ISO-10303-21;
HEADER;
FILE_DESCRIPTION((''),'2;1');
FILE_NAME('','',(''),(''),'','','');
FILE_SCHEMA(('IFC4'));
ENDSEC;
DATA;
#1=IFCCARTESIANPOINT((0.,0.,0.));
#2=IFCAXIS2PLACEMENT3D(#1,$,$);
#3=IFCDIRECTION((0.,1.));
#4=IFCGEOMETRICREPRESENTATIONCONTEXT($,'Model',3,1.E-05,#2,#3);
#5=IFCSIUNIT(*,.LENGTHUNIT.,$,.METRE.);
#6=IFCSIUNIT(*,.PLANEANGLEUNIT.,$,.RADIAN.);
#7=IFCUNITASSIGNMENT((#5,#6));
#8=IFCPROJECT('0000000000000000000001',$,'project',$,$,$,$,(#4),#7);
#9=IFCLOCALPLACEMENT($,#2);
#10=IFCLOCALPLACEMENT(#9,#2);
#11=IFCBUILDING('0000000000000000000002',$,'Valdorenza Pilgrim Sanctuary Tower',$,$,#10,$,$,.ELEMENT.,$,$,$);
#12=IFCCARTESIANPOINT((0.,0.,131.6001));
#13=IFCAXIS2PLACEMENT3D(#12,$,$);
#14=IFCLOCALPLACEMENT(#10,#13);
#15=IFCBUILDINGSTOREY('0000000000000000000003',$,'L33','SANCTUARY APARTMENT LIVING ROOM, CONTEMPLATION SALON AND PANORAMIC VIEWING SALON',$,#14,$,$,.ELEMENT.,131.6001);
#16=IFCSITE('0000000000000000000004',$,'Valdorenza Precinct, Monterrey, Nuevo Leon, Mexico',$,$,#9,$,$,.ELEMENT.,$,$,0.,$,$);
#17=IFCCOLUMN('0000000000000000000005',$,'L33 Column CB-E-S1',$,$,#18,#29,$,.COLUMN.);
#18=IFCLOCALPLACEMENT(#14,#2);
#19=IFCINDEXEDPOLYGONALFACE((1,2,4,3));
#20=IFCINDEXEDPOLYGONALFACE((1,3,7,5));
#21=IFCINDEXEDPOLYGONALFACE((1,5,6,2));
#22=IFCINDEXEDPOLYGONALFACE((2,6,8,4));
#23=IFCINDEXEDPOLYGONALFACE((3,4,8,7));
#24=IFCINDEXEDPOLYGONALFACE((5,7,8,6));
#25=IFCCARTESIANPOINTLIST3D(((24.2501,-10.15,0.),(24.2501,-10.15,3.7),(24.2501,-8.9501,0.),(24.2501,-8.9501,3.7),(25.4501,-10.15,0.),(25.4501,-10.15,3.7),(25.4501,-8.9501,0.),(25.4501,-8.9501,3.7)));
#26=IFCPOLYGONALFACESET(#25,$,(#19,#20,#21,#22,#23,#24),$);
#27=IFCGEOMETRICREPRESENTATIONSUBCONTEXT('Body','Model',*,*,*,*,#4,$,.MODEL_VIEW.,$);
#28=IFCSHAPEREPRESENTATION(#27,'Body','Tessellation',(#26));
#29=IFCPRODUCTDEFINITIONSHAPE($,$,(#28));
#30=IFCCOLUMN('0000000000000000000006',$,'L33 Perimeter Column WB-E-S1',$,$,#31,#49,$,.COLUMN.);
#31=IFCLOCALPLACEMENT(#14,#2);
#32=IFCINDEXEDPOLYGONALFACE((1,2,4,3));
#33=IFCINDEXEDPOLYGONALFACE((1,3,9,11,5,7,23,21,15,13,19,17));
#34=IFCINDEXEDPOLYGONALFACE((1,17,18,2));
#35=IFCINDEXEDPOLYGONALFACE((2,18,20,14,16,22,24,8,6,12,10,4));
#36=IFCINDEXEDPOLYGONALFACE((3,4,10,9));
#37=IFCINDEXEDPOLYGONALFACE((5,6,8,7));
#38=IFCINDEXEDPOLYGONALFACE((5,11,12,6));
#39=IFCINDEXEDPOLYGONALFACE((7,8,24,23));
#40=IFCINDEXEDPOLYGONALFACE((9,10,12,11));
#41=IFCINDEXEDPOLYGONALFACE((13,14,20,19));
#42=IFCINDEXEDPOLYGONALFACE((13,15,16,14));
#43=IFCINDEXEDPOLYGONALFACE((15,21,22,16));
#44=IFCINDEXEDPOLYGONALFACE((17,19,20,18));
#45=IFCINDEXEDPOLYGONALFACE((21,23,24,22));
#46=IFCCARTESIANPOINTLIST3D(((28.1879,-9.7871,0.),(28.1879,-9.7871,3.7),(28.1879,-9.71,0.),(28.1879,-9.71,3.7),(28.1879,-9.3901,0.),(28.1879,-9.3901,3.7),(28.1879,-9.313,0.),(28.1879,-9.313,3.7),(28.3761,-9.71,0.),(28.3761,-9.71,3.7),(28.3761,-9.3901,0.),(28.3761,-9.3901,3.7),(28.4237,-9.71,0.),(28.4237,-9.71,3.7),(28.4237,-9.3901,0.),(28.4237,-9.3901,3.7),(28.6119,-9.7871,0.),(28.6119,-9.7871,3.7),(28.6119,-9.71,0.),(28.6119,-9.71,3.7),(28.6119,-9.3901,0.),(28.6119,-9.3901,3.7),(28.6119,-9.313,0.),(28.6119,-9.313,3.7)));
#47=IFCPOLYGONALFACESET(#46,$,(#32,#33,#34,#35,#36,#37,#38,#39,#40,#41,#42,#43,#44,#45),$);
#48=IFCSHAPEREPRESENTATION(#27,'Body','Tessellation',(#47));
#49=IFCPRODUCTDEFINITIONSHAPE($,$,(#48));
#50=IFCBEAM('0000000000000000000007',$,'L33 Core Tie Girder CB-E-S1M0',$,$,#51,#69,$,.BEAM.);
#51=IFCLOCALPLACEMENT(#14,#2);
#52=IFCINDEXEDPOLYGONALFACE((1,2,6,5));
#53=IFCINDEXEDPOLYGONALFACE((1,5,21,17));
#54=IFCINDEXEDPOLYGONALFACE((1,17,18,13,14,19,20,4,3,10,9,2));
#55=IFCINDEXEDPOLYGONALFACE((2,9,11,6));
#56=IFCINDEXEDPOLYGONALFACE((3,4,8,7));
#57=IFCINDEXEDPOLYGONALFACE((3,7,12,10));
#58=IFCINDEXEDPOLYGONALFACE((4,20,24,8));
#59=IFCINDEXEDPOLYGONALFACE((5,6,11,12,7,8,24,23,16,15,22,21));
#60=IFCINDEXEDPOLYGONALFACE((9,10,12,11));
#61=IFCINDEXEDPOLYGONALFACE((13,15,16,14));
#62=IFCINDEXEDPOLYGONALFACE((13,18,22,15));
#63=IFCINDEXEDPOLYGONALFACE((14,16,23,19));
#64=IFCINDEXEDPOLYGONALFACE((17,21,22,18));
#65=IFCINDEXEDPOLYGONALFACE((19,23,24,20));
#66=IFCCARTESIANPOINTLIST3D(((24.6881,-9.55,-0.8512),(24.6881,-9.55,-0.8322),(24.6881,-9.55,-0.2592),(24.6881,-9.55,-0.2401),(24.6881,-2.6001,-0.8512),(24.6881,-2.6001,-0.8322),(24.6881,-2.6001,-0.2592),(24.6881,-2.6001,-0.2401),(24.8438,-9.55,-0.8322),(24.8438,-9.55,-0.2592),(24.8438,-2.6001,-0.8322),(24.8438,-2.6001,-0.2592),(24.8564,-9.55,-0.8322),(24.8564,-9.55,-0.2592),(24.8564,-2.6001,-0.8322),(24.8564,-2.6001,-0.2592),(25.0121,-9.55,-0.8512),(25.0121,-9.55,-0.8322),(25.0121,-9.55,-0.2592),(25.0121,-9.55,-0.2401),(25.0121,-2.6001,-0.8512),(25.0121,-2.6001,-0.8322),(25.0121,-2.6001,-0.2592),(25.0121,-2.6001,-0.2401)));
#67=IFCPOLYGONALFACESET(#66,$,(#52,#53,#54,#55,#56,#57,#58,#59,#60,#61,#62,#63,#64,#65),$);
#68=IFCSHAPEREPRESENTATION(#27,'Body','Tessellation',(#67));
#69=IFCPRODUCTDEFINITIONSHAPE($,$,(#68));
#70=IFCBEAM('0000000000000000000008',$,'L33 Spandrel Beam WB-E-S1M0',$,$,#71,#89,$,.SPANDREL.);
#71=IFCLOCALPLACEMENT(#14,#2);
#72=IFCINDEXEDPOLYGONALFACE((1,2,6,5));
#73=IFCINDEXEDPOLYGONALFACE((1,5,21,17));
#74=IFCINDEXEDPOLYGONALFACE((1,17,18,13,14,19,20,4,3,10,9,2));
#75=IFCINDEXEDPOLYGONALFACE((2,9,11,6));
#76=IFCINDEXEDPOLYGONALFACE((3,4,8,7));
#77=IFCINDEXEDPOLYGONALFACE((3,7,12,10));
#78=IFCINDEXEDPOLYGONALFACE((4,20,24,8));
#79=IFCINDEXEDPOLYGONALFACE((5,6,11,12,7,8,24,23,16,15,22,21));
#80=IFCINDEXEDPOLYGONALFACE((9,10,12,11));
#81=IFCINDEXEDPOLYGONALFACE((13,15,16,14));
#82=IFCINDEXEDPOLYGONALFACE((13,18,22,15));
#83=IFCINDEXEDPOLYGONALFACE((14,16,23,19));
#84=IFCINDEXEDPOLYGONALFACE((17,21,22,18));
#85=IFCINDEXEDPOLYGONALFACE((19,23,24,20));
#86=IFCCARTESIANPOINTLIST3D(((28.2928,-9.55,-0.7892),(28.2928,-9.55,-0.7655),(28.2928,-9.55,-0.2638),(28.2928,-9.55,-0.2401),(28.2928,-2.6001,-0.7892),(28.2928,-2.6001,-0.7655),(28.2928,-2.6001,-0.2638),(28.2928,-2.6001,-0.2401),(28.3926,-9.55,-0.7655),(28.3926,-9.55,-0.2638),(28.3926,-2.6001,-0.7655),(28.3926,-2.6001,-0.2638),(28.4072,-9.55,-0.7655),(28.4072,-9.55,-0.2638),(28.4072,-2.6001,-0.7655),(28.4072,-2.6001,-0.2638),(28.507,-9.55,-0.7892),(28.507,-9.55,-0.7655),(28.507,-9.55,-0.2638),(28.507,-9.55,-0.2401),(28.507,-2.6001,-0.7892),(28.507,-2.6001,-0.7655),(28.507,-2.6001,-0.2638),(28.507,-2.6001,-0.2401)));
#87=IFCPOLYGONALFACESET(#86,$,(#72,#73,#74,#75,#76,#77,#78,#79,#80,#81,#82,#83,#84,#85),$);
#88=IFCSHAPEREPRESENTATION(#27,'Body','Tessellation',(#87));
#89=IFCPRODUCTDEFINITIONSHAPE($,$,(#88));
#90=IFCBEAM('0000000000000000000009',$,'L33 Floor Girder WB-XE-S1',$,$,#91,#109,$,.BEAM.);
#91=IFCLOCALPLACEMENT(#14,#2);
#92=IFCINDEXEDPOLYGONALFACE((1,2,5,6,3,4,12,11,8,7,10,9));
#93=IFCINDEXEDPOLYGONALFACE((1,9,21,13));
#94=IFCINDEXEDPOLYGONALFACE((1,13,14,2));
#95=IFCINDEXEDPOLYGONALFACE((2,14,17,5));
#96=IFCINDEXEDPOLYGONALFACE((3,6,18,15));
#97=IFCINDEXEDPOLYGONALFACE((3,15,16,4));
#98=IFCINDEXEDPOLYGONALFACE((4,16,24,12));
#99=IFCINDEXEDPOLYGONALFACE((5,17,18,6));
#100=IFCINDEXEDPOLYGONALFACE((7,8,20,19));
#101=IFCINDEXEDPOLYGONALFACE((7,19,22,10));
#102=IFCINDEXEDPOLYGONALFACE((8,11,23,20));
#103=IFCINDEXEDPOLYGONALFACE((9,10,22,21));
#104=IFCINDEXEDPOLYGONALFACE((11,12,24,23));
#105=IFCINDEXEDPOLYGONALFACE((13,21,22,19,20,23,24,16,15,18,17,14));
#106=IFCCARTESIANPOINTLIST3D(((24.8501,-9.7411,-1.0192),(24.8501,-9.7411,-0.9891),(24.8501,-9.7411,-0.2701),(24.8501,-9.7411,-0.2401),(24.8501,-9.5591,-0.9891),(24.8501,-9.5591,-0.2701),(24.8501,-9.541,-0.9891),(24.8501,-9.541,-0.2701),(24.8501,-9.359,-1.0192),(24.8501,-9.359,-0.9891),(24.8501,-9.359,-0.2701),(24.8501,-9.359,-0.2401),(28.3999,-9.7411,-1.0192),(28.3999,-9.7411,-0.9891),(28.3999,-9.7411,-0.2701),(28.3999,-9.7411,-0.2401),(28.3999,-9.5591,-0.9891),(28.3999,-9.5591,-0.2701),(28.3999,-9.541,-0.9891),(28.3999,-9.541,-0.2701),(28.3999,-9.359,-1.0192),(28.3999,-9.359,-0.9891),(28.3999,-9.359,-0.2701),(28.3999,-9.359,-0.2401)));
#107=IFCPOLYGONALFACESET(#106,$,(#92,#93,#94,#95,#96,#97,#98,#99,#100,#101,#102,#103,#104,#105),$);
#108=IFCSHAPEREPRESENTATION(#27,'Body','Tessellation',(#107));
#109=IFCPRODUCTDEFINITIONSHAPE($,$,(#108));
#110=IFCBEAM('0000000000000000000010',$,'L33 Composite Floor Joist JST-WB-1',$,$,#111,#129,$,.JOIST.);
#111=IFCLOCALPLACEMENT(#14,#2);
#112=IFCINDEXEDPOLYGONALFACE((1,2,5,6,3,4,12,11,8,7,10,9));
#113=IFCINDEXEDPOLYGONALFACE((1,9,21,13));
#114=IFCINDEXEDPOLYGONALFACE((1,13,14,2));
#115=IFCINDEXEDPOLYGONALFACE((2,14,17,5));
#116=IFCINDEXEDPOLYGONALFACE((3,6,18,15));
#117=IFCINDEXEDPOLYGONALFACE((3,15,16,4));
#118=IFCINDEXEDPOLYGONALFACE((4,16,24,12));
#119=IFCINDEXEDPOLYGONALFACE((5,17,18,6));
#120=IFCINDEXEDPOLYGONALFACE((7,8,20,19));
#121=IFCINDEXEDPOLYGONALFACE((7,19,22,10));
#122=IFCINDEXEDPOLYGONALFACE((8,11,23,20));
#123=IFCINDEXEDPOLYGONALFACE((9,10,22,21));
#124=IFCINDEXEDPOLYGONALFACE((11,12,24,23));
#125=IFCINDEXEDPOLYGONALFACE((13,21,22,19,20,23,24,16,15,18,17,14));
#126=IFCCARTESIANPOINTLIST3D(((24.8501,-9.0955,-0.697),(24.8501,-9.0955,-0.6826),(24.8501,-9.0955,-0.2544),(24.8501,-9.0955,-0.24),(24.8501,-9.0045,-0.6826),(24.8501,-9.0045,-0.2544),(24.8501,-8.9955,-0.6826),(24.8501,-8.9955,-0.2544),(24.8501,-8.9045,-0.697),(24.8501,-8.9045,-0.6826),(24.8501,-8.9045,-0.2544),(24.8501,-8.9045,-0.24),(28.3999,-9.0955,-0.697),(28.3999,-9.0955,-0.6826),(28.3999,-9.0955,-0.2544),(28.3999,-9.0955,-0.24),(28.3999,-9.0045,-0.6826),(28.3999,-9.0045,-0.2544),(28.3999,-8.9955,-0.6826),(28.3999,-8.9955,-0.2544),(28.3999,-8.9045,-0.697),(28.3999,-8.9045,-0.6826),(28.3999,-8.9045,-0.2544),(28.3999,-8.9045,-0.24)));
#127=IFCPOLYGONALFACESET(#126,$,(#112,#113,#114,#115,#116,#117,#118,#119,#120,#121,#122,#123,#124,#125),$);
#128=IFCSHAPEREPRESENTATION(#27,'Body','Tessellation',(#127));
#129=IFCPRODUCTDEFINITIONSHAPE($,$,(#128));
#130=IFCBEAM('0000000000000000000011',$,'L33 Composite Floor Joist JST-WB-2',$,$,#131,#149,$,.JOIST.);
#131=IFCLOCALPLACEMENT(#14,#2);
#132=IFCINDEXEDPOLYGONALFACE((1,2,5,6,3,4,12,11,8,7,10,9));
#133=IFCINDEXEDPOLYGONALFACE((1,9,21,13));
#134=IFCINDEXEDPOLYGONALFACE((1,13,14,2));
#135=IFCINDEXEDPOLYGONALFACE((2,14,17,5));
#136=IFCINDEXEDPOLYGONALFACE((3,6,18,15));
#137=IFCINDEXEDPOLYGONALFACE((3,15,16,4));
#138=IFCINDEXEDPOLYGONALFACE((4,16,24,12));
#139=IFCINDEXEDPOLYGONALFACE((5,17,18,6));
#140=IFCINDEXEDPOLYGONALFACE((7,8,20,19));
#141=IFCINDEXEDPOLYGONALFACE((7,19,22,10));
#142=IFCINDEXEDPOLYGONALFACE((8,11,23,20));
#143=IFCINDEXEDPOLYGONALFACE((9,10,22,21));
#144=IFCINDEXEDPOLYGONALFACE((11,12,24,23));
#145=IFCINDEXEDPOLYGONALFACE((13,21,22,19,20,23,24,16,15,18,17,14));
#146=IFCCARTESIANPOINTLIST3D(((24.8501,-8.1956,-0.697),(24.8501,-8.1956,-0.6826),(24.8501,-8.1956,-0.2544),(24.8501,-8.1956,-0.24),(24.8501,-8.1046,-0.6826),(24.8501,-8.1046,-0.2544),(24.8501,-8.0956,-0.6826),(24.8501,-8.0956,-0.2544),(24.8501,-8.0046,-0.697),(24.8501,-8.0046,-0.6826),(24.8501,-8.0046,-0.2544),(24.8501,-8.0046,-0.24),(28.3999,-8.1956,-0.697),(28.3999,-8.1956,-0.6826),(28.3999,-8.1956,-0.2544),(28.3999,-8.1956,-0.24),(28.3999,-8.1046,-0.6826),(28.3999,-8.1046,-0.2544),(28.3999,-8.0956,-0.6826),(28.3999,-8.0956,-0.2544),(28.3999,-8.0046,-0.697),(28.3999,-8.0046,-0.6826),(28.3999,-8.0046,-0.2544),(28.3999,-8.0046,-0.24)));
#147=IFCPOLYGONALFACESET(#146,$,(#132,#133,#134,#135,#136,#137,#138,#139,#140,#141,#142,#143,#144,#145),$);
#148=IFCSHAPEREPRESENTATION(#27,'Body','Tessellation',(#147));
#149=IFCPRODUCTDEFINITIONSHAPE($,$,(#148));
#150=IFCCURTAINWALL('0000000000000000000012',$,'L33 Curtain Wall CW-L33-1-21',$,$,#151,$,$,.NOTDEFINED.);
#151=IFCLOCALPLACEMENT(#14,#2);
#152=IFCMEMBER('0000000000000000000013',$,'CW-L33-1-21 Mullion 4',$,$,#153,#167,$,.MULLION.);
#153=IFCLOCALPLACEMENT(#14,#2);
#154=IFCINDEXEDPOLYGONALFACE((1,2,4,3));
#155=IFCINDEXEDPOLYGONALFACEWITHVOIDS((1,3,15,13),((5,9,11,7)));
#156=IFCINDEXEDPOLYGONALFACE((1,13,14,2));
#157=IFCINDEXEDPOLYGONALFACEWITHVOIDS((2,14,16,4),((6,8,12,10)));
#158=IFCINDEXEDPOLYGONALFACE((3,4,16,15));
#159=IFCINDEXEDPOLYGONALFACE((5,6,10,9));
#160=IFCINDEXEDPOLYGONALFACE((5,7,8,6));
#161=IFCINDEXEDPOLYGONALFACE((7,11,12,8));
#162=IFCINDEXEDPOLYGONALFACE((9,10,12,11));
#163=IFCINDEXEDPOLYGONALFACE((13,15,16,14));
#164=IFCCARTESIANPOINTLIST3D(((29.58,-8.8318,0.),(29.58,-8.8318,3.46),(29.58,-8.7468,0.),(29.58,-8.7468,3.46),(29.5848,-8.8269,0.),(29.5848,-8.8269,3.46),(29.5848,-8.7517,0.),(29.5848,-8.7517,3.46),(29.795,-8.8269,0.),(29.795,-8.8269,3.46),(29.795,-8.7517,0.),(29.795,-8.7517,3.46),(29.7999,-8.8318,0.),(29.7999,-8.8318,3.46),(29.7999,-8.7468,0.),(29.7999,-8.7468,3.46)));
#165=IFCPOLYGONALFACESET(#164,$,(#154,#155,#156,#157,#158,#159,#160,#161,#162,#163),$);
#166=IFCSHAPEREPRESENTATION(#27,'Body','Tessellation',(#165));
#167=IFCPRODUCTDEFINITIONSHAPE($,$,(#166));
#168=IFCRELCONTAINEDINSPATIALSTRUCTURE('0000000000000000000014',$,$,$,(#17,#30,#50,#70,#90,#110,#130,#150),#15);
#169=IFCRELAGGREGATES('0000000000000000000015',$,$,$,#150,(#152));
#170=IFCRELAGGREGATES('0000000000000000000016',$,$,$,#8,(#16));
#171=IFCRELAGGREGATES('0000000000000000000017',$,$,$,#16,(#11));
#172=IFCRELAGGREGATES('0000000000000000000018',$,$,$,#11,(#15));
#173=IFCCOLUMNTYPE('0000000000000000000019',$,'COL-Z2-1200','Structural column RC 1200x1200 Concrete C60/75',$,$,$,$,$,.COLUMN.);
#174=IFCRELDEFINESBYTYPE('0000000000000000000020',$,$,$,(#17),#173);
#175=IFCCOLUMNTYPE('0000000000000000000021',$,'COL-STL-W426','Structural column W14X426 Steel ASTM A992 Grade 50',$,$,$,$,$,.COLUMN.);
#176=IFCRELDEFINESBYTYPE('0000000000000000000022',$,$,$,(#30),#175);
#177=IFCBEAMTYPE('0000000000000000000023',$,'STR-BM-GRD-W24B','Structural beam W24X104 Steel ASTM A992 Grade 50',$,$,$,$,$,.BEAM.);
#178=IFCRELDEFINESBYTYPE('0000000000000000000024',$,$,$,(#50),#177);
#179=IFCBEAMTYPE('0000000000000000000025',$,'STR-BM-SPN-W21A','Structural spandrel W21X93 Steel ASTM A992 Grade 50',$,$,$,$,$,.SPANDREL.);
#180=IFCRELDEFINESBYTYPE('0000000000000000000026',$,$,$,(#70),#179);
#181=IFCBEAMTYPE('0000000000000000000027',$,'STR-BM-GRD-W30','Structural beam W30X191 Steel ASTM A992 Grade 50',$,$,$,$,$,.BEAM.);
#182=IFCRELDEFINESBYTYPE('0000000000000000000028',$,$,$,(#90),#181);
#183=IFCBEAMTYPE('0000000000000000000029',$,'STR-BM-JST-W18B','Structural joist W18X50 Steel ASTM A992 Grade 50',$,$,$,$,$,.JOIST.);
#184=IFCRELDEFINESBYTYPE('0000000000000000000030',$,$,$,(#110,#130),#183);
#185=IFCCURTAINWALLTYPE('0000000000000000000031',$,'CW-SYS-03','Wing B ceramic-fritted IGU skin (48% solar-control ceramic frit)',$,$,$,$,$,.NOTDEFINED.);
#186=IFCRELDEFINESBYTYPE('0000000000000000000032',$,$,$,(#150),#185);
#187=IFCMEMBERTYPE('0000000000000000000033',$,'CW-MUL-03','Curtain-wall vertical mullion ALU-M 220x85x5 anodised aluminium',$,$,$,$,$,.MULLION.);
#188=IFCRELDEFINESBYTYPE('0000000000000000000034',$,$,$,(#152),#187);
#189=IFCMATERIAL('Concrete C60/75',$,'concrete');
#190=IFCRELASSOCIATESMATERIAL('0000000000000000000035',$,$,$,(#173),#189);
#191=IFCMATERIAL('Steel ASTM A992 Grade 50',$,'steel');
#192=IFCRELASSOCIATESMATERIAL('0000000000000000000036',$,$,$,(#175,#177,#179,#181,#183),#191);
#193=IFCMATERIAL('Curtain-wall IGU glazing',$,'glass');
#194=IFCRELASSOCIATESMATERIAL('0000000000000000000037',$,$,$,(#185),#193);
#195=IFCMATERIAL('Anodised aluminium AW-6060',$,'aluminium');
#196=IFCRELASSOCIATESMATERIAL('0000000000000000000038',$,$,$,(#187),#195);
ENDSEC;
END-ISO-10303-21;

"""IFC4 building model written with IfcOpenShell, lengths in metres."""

from ifc_helpers import new_model, si_unit, direction, frame, origin, origin_2d, place, context, subcontext, project, spatial, rectangle, hollow_rectangle, i_section, extrude, source, transform, mapped, material, material_profile, profile_set, type_object, element, aggregate, save


model = new_model("IFC4")

# Units and contexts
model_context = context("Model", 3, precision=1e-05, world=origin(), true_north=direction((0.0, 1.0)))
body_context = subcontext(model_context, "Body", "Model", "MODEL_VIEW")
ifc_project = project(units=[si_unit("LENGTHUNIT", "METRE"), si_unit("PLANEANGLEUNIT", "RADIAN")], contexts=[model_context])

# Site, building, storey
site_placement = place(None, origin())
site = spatial("IfcSite", under=ifc_project, at=site_placement, Name="Valdorenza Precinct, Monterrey, Nuevo Leon, Mexico", CompositionType="ELEMENT", RefElevation=0.0)
building_placement = place(site_placement, origin())
building = spatial("IfcBuilding", under=site, at=building_placement, Name="Valdorenza Pilgrim Sanctuary Tower", CompositionType="ELEMENT")
storey_placement = place(building_placement, frame((0.0, 0.0, 131.6001)))
storey = spatial("IfcBuildingStorey", under=building, at=storey_placement, Name="L33", Description="SANCTUARY APARTMENT LIVING ROOM, CONTEMPLATION SALON AND PANORAMIC VIEWING SALON", CompositionType="ELEMENT", Elevation=131.6001)

# Columns
ifc_material_1 = material(Name="Concrete C60/75", Category="concrete")
ifc_material_profile_1 = material_profile(ifc_material_1, rectangle(XDim=1.2, YDim=1.2, at=origin_2d()), Name="RC 1200x1200")
ifc_profile_set_1 = profile_set([ifc_material_profile_1], Name="Concrete C60/75")
column_type_1 = type_object("IfcColumnType", Name="COL-Z2-1200", Description="Structural column RC 1200x1200 Concrete C60/75", PredefinedType="COLUMN", material=ifc_profile_set_1)
shared_shape_1 = source(origin(), body_context, "Body", "SweptSolid", [
    extrude(rectangle(XDim=1.2, YDim=1.2, at=origin_2d()), origin(), (0.0, 0.0, 1.0), 3.7),
])
column_1_placement = place(storey_placement, frame((24.8501, -9.55, 0.0), z_axis=(0.0, 0.0, 1.0), x_axis=(1.0, 0.0, 0.0)))
element("IfcColumn", 1, at=column_1_placement, inside=storey, type_object=column_type_1, Name="L33 Column CB-E-S1", PredefinedType="COLUMN", context=body_context, shape_type="MappedRepresentation", body=[
    mapped(shared_shape_1, transform((0.0, 0.0, 0.0), x_axis=(1.0, 0.0, 0.0), y_axis=(0.0, 1.0, 0.0), z_axis=(0.0, 0.0, 1.0), scale=1.0)),
])
ifc_material_2 = material(Name="Steel ASTM A992 Grade 50", Category="steel")
ifc_material_profile_2 = material_profile(ifc_material_2, i_section(OverallWidth=0.4241, OverallDepth=0.4741, WebThickness=0.0476, FlangeThickness=0.0771, at=origin_2d()), Name="W14X426")
ifc_profile_set_2 = profile_set([ifc_material_profile_2], Name="Steel ASTM A992 Grade 50")
column_type_2 = type_object("IfcColumnType", Name="COL-STL-W426", Description="Structural column W14X426 Steel ASTM A992 Grade 50", PredefinedType="COLUMN", material=ifc_profile_set_2)
shared_shape_2 = source(origin(), body_context, "Body", "SweptSolid", [
    extrude(i_section(OverallWidth=0.4241, OverallDepth=0.4741, WebThickness=0.0476, FlangeThickness=0.0771, at=origin_2d()), origin(), (0.0, 0.0, 1.0), 3.7),
])
column_2_placement = place(storey_placement, frame((28.3999, -9.55, 0.0), z_axis=(0.0, 0.0, 1.0), x_axis=(1.0, 0.0, 0.0)))
element("IfcColumn", 2, at=column_2_placement, inside=storey, type_object=column_type_2, Name="L33 Perimeter Column WB-E-S1", PredefinedType="COLUMN", context=body_context, shape_type="MappedRepresentation", body=[
    mapped(shared_shape_2, transform((0.0, 0.0, 0.0), x_axis=(1.0, 0.0, 0.0), y_axis=(0.0, 1.0, 0.0), z_axis=(0.0, 0.0, 1.0), scale=1.0)),
])

# Beams
ifc_material_profile_3 = material_profile(ifc_material_2, i_section(OverallWidth=0.324, OverallDepth=0.6111, WebThickness=0.0127, FlangeThickness=0.019, at=origin_2d()), Name="W24X104")
ifc_profile_set_3 = profile_set([ifc_material_profile_3], Name="Steel ASTM A992 Grade 50")
beam_type_1 = type_object("IfcBeamType", Name="STR-BM-GRD-W24B", Description="Structural beam W24X104 Steel ASTM A992 Grade 50", PredefinedType="BEAM", material=ifc_profile_set_3)
shared_shape_3 = source(origin(), body_context, "Body", "SweptSolid", [
    extrude(i_section(OverallWidth=0.324, OverallDepth=0.6111, WebThickness=0.0127, FlangeThickness=0.019, at=origin_2d()), origin(), (0.0, 0.0, 1.0), 6.95),
])
beam_1_placement = place(storey_placement, frame((24.8501, -9.55, -0.5457), z_axis=(0.0, 1.0, 0.0), x_axis=(-1.0, 0.0, 0.0)))
element("IfcBeam", 3, at=beam_1_placement, inside=storey, type_object=beam_type_1, Name="L33 Core Tie Girder CB-E-S1M0", PredefinedType="BEAM", context=body_context, shape_type="MappedRepresentation", body=[
    mapped(shared_shape_3, transform((0.0, 0.0, 0.0), x_axis=(1.0, 0.0, 0.0), y_axis=(0.0, 1.0, 0.0), z_axis=(0.0, 0.0, 1.0), scale=1.0)),
])
ifc_material_profile_4 = material_profile(ifc_material_2, i_section(OverallWidth=0.2141, OverallDepth=0.5491, WebThickness=0.0146, FlangeThickness=0.0237, at=origin_2d()), Name="W21X93")
ifc_profile_set_4 = profile_set([ifc_material_profile_4], Name="Steel ASTM A992 Grade 50")
beam_type_2 = type_object("IfcBeamType", Name="STR-BM-SPN-W21A", Description="Structural spandrel W21X93 Steel ASTM A992 Grade 50", PredefinedType="SPANDREL", material=ifc_profile_set_4)
shared_shape_4 = source(origin(), body_context, "Body", "SweptSolid", [
    extrude(i_section(OverallWidth=0.2141, OverallDepth=0.5491, WebThickness=0.0146, FlangeThickness=0.0237, at=origin_2d()), origin(), (0.0, 0.0, 1.0), 6.95),
])
beam_2_placement = place(storey_placement, frame((28.3999, -9.55, -0.5146), z_axis=(0.0, 1.0, 0.0), x_axis=(-1.0, 0.0, 0.0)))
element("IfcBeam", 4, at=beam_2_placement, inside=storey, type_object=beam_type_2, Name="L33 Spandrel Beam WB-E-S1M0", PredefinedType="SPANDREL", context=body_context, shape_type="MappedRepresentation", body=[
    mapped(shared_shape_4, transform((0.0, 0.0, 0.0), x_axis=(1.0, 0.0, 0.0), y_axis=(0.0, 1.0, 0.0), z_axis=(0.0, 0.0, 1.0), scale=1.0)),
])
ifc_material_profile_5 = material_profile(ifc_material_2, i_section(OverallWidth=0.3821, OverallDepth=0.7791, WebThickness=0.0181, FlangeThickness=0.03, at=origin_2d()), Name="W30X191")
ifc_profile_set_5 = profile_set([ifc_material_profile_5], Name="Steel ASTM A992 Grade 50")
beam_type_3 = type_object("IfcBeamType", Name="STR-BM-GRD-W30", Description="Structural beam W30X191 Steel ASTM A992 Grade 50", PredefinedType="BEAM", material=ifc_profile_set_5)
shared_shape_5 = source(origin(), body_context, "Body", "SweptSolid", [
    extrude(i_section(OverallWidth=0.3821, OverallDepth=0.7791, WebThickness=0.0181, FlangeThickness=0.03, at=origin_2d()), origin(), (0.0, 0.0, 1.0), 3.5498),
])
beam_3_placement = place(storey_placement, frame((24.8501, -9.55, -0.6296), z_axis=(1.0, 0.0, 0.0), x_axis=(0.0, 1.0, 0.0)))
element("IfcBeam", 5, at=beam_3_placement, inside=storey, type_object=beam_type_3, Name="L33 Floor Girder WB-XE-S1", PredefinedType="BEAM", context=body_context, shape_type="MappedRepresentation", body=[
    mapped(shared_shape_5, transform((0.0, 0.0, 0.0), x_axis=(1.0, 0.0, 0.0), y_axis=(0.0, 1.0, 0.0), z_axis=(0.0, 0.0, 1.0), scale=1.0)),
])
ifc_material_profile_6 = material_profile(ifc_material_2, i_section(OverallWidth=0.1909, OverallDepth=0.457, WebThickness=0.009, FlangeThickness=0.0144, at=origin_2d()), Name="W18X50")
ifc_profile_set_6 = profile_set([ifc_material_profile_6], Name="Steel ASTM A992 Grade 50")
beam_type_4 = type_object("IfcBeamType", Name="STR-BM-JST-W18B", Description="Structural joist W18X50 Steel ASTM A992 Grade 50", PredefinedType="JOIST", material=ifc_profile_set_6)
shared_shape_6 = source(origin(), body_context, "Body", "SweptSolid", [
    extrude(i_section(OverallWidth=0.1909, OverallDepth=0.457, WebThickness=0.009, FlangeThickness=0.0144, at=origin_2d()), origin(), (0.0, 0.0, 1.0), 3.5498),
])
for number, where, z_axis, x_axis, name in (
    (6, (24.8501, -9.0, -0.4685), (1.0, 0.0, 0.0), (0.0, 1.0, 0.0), "L33 Composite Floor Joist JST-WB-1"),
    (7, (24.8501, -8.1001, -0.4685), (1.0, 0.0, 0.0), (0.0, 1.0, 0.0), "L33 Composite Floor Joist JST-WB-2"),
):
    element("IfcBeam", number, at=place(storey_placement, frame(where, z_axis=z_axis, x_axis=x_axis)), inside=storey, type_object=beam_type_4, Name=name, PredefinedType="JOIST", context=body_context, shape_type="MappedRepresentation", body=[
        mapped(shared_shape_6, transform((0.0, 0.0, 0.0), x_axis=(1.0, 0.0, 0.0), y_axis=(0.0, 1.0, 0.0), z_axis=(0.0, 0.0, 1.0), scale=1.0)),
    ])

# Curtain wall, member
ifc_material_3 = material(Name="Curtain-wall IGU glazing", Category="glass")
curtain_wall_type = type_object("IfcCurtainWallType", Name="CW-SYS-03", Description="Wing B ceramic-fritted IGU skin (48% solar-control ceramic frit)", PredefinedType="NOTDEFINED", material=ifc_material_3)
curtain_wall_1_placement = place(storey_placement, origin())
curtain_wall_1 = element("IfcCurtainWall", 8, at=curtain_wall_1_placement, inside=storey, type_object=curtain_wall_type, Name="L33 Curtain Wall CW-L33-1-21", PredefinedType="NOTDEFINED")
ifc_material_4 = material(Name="Anodised aluminium AW-6060", Category="aluminium")
ifc_material_profile_7 = material_profile(ifc_material_4, hollow_rectangle(XDim=0.085, YDim=0.22, WallThickness=0.0049, at=origin_2d()), Name="ALU-M 220x85x5")
ifc_profile_set_7 = profile_set([ifc_material_profile_7], Name="Anodised aluminium AW-6060")
member_type_1 = type_object("IfcMemberType", Name="CW-MUL-03", Description="Curtain-wall vertical mullion ALU-M 220x85x5 anodised aluminium", PredefinedType="MULLION", material=ifc_profile_set_7)
shared_shape_7 = source(origin(), body_context, "Body", "SweptSolid", [
    extrude(hollow_rectangle(XDim=0.085, YDim=0.22, WallThickness=0.0049, at=origin_2d()), origin(), (0.0, 0.0, 1.0), 3.46),
])
member_1_placement = place(storey_placement, frame((29.6899, -8.7893, 0.0), z_axis=(0.0, 0.0, 1.0), x_axis=(0.0, -1.0, 0.0)))
member_1 = element("IfcMember", 9, at=member_1_placement, type_object=member_type_1, Name="CW-L33-1-21 Mullion 4", PredefinedType="MULLION", context=body_context, shape_type="MappedRepresentation", body=[
    mapped(shared_shape_7, transform((0.0, 0.0, 0.0), x_axis=(1.0, 0.0, 0.0), y_axis=(0.0, 1.0, 0.0), z_axis=(0.0, 0.0, 1.0), scale=1.0)),
])
aggregate(curtain_wall_1, [member_1])

save(model, "model.ifc")
